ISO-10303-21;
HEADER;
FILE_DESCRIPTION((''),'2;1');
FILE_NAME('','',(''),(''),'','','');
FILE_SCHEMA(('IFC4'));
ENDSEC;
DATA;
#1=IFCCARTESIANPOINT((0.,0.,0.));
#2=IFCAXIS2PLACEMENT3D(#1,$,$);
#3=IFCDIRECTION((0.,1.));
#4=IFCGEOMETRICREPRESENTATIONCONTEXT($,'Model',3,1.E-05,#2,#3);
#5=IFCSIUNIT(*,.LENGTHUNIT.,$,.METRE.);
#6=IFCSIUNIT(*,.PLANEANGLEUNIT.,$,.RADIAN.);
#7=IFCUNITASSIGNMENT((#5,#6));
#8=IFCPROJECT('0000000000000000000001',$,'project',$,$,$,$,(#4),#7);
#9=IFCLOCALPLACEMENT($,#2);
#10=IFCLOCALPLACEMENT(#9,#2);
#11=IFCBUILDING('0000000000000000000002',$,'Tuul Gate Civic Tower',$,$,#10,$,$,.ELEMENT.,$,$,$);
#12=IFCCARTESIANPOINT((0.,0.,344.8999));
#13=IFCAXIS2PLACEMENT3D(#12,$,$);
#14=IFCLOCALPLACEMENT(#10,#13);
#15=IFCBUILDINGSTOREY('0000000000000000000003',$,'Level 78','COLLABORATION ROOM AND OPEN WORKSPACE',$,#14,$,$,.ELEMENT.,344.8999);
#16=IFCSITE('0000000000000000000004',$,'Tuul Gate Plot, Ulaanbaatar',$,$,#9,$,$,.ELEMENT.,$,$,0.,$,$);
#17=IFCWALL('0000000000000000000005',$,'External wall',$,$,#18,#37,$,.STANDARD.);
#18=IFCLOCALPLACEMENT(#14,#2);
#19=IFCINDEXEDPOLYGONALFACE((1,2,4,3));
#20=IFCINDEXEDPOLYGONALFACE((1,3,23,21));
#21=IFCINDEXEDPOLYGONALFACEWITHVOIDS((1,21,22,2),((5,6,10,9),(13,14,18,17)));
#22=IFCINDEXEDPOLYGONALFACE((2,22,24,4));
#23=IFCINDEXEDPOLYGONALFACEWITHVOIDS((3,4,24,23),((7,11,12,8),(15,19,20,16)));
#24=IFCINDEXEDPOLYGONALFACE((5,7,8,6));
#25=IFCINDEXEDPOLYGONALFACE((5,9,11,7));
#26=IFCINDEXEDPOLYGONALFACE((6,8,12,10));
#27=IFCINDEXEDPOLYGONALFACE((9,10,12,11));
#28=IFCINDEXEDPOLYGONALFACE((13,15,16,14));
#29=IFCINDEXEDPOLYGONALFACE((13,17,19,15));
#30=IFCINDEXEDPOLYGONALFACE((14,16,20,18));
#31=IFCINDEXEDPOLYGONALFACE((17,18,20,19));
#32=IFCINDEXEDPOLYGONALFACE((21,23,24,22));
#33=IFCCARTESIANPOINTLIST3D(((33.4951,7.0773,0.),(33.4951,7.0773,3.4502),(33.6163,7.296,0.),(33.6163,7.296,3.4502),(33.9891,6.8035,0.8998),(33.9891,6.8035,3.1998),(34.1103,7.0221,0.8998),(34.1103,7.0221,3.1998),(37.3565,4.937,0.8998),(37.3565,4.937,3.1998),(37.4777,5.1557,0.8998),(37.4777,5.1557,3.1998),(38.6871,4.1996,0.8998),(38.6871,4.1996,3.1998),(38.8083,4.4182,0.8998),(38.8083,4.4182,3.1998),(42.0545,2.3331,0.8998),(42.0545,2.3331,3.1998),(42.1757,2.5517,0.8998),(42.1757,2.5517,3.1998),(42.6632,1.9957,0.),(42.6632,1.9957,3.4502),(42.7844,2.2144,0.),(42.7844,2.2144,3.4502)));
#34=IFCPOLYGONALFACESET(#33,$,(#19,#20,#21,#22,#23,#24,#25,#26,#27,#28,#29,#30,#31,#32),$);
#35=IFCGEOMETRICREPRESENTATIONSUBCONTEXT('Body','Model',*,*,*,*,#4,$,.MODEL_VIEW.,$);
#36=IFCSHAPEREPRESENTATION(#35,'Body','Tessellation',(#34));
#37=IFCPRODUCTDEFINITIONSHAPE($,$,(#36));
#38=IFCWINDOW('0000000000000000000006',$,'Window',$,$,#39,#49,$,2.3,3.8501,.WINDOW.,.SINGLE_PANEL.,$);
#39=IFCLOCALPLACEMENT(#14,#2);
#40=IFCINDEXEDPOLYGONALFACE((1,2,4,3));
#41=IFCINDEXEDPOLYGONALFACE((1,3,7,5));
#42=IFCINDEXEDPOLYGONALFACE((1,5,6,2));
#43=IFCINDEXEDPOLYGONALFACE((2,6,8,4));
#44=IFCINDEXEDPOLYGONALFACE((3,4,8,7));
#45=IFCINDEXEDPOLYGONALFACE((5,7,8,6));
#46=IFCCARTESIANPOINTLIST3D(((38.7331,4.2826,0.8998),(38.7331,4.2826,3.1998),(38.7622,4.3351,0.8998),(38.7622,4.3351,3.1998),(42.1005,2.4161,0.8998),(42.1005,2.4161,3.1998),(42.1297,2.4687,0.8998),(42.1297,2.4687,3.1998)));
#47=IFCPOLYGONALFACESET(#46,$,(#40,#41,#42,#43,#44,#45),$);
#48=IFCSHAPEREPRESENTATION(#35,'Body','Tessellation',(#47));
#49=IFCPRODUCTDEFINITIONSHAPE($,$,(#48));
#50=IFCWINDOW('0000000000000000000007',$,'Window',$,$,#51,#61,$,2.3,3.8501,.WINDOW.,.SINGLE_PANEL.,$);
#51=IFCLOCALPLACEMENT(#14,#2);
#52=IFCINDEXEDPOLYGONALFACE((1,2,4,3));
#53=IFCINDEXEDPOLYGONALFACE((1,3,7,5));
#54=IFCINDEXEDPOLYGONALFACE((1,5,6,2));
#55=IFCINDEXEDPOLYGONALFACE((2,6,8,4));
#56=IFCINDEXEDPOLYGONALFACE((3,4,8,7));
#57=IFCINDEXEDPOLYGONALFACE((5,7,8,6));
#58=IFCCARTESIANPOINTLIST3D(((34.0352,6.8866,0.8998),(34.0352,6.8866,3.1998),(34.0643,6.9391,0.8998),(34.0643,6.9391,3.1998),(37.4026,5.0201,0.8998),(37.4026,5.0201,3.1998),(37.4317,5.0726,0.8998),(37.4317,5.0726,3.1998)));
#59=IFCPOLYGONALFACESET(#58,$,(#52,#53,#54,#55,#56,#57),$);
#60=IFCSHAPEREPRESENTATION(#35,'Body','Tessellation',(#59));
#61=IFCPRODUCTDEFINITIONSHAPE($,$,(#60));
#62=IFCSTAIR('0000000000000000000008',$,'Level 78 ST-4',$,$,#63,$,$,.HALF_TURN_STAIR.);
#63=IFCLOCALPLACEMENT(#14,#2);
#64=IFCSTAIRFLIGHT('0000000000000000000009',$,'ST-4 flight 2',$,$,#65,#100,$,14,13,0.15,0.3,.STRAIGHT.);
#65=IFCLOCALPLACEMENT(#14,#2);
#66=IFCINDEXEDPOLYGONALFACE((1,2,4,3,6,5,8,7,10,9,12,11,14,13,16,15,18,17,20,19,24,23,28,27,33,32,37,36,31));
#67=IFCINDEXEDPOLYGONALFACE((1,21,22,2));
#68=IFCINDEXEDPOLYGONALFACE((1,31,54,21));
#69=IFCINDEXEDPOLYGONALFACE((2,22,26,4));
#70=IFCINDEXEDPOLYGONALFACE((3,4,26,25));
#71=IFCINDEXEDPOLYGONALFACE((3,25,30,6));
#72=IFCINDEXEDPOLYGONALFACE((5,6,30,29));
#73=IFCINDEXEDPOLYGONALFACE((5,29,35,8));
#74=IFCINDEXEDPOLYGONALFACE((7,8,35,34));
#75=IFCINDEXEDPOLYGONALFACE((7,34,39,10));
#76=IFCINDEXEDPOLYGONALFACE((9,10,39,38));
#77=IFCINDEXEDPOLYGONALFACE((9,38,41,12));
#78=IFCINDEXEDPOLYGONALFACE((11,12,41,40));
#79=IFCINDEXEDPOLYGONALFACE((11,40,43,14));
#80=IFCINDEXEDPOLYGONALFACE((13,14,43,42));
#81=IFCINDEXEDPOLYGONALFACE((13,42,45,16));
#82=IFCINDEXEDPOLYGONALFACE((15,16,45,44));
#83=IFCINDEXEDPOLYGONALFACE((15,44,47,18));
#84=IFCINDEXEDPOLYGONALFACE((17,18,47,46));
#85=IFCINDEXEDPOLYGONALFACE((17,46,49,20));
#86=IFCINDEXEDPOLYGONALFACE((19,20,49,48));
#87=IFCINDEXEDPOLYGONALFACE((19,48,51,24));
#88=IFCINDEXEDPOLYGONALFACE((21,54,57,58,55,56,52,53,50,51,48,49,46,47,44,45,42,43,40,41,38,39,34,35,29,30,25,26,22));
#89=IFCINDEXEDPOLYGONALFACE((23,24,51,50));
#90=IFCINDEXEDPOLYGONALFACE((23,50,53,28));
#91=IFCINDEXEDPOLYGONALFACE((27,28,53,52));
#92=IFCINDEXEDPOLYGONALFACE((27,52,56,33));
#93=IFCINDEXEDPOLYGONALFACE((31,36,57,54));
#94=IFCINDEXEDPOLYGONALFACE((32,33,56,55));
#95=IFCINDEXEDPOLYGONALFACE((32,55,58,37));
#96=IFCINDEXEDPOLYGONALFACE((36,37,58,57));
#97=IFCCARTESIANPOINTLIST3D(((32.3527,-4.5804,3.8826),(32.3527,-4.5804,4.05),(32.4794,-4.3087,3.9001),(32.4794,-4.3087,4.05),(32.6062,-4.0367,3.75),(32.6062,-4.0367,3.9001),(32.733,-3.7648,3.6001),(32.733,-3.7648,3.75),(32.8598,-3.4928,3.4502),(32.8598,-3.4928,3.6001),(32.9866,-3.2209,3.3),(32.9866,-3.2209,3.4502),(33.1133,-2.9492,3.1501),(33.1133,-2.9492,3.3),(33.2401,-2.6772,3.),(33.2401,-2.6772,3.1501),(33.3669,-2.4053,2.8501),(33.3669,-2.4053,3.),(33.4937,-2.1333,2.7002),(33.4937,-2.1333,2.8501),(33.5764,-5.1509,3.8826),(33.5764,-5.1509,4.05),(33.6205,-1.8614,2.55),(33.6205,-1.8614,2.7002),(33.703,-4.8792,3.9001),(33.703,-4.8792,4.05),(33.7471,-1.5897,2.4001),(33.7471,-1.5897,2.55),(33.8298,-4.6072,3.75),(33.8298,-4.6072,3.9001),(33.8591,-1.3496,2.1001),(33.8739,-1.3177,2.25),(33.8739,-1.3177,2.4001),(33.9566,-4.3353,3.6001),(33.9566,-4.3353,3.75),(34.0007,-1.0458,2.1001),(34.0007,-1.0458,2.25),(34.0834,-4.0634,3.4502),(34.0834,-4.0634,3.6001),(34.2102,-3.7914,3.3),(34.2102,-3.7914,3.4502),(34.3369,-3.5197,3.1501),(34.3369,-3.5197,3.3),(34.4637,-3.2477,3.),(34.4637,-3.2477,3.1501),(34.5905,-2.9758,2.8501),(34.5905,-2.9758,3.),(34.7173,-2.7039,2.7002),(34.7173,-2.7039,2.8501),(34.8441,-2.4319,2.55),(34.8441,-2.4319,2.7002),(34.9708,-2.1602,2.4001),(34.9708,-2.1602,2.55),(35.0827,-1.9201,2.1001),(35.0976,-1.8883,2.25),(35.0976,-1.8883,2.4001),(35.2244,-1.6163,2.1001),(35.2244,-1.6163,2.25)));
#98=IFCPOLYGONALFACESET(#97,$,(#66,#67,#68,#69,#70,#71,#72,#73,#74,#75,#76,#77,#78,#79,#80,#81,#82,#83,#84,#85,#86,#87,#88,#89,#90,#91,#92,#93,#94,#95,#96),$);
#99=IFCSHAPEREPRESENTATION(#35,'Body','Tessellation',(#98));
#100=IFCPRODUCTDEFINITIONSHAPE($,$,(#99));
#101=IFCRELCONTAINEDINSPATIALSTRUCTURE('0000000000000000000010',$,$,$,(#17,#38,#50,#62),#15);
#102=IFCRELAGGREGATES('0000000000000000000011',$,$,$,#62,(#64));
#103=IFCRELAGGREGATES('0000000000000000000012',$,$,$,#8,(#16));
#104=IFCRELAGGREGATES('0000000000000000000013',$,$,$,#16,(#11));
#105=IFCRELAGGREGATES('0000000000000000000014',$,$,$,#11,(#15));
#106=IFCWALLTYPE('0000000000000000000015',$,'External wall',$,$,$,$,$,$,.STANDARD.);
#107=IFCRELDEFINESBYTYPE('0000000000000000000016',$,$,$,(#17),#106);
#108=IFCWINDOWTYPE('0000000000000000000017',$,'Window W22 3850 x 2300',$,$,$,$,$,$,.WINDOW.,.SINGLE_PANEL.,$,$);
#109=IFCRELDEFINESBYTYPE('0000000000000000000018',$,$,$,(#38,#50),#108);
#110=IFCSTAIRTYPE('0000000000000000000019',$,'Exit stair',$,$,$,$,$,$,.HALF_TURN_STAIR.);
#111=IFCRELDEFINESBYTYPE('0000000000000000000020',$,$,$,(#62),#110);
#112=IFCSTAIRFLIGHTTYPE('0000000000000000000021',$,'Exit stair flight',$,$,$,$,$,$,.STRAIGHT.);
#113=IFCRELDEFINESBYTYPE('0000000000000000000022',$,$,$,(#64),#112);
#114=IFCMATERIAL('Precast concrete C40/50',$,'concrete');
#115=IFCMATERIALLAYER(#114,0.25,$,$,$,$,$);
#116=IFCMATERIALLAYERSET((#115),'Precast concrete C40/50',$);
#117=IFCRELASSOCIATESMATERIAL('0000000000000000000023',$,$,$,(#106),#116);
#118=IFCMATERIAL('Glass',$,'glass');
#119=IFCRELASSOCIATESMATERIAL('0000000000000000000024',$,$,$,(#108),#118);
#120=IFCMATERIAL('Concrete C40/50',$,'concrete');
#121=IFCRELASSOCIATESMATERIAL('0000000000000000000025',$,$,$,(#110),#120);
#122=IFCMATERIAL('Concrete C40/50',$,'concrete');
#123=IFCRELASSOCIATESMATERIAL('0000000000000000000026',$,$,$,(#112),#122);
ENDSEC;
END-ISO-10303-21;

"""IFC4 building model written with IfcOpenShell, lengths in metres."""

from ifc_helpers import new_model, si_unit, direction, frame, frame_2d, origin, place, context, subcontext, project, spatial, polyline, rectangle, outline, extrude, material, layer, layer_set, type_object, element, fill, aggregate, save


model = new_model("IFC4")

# Units and contexts
model_context = context("Model", 3, precision=1e-05, world=origin(), true_north=direction((0.0, 1.0)))
body_context = subcontext(model_context, "Body", "Model", "MODEL_VIEW")
ifc_project = project(units=[si_unit("LENGTHUNIT", "METRE"), si_unit("PLANEANGLEUNIT", "RADIAN")], contexts=[model_context])

# Site, building, storey
site_placement = place(None, origin())
site = spatial("IfcSite", under=ifc_project, at=site_placement, Name="Tuul Gate Plot, Ulaanbaatar", CompositionType="ELEMENT", RefElevation=0.0)
building_placement = place(site_placement, origin())
building = spatial("IfcBuilding", under=site, at=building_placement, Name="Tuul Gate Civic Tower", CompositionType="ELEMENT")
storey_placement = place(building_placement, frame((0.0, 0.0, 344.8999)))
storey = spatial("IfcBuildingStorey", under=building, at=storey_placement, Name="Level 78", Description="COLLABORATION ROOM AND OPEN WORKSPACE", CompositionType="ELEMENT", Elevation=344.8999)

# Wall, openings, windows
ifc_material_1 = material(Name="Precast concrete C40/50", Category="concrete")
ifc_layer_1 = layer(ifc_material_1, 0.25)
ifc_layer_set_1 = layer_set([ifc_layer_1], Name="Precast concrete C40/50")
wall_type_1 = type_object("IfcWallType", Name="External wall", PredefinedType="STANDARD", material=ifc_layer_set_1)
wall_1_placement = place(storey_placement, frame((42.7239, 2.105, 0.0), z_axis=(0.0, 0.0, 1.0), x_axis=(-0.874634, 0.484784, 0.0)))
wall_1 = element("IfcWall", 1, at=wall_1_placement, inside=storey, type_object=wall_type_1, Name="External wall", PredefinedType="STANDARD", context=body_context, shape_type="SweptSolid", body=[
    extrude(rectangle(XDim=10.4822, YDim=0.25, at=frame_2d((5.2412, 0.0))), origin(), (0.0, 0.0, 1.0), 3.4502),
])
opening_1_placement = place(wall_1_placement, frame((0.696, 0.0, 0.8999)))
opening_1 = element("IfcOpeningElement", 2, at=opening_1_placement, cuts=wall_1, PredefinedType="OPENING", context=body_context, shape_type="SweptSolid", body=[
    extrude(rectangle(XDim=3.8501, YDim=2.3, at=frame_2d((1.925, 1.1499))), frame((0.0, 0.135, 0.0), z_axis=(0.0, -1.0, 0.0), x_axis=(1.0, 0.0, 0.0)), (0.0, 0.0, 1.0), 0.27),
])
opening_2_placement = place(wall_1_placement, frame((6.0674, 0.0, 0.8999)))
opening_2 = element("IfcOpeningElement", 3, at=opening_2_placement, cuts=wall_1, PredefinedType="OPENING", context=body_context, shape_type="SweptSolid", body=[
    extrude(rectangle(XDim=3.8501, YDim=2.3, at=frame_2d((1.925, 1.1499))), frame((0.0, 0.135, 0.0), z_axis=(0.0, -1.0, 0.0), x_axis=(1.0, 0.0, 0.0)), (0.0, 0.0, 1.0), 0.27),
])
ifc_material_2 = material(Name="Glass", Category="glass")
window_type = type_object("IfcWindowType", Name="Window W22 3850 x 2300", PartitioningType="SINGLE_PANEL", PredefinedType="WINDOW", material=ifc_material_2)
window_1_placement = place(opening_1_placement, origin())
window_1 = element("IfcWindow", 4, at=window_1_placement, inside=storey, type_object=window_type, Name="Window", OverallHeight=2.3, OverallWidth=3.8501, PartitioningType="SINGLE_PANEL", PredefinedType="WINDOW", context=body_context, shape_type="SweptSolid", body=[
    extrude(rectangle(XDim=3.8501, YDim=2.3, at=frame_2d((1.925, 1.1499))), frame((0.0, 0.03, 0.0), z_axis=(0.0, -1.0, 0.0), x_axis=(1.0, 0.0, 0.0)), (0.0, 0.0, 1.0), 0.0601),
])
fill(opening_1, window_1)
window_2_placement = place(opening_2_placement, origin())
window_2 = element("IfcWindow", 5, at=window_2_placement, inside=storey, type_object=window_type, Name="Window", OverallHeight=2.3, OverallWidth=3.8501, PartitioningType="SINGLE_PANEL", PredefinedType="WINDOW", context=body_context, shape_type="SweptSolid", body=[
    extrude(rectangle(XDim=3.8501, YDim=2.3, at=frame_2d((1.925, 1.1499))), frame((0.0, 0.03, 0.0), z_axis=(0.0, -1.0, 0.0), x_axis=(1.0, 0.0, 0.0)), (0.0, 0.0, 1.0), 0.0601),
])
fill(opening_2, window_2)

# Stair, stair flight
ifc_material_3 = material(Name="Concrete C40/50", Category="concrete")
stair_type = type_object("IfcStairType", Name="Exit stair", PredefinedType="HALF_TURN_STAIR", material=ifc_material_3)
stair_placement = place(storey_placement, origin())
stair = element("IfcStair", 6, at=stair_placement, inside=storey, type_object=stair_type, Name="Level 78 ST-4", PredefinedType="HALF_TURN_STAIR")
ifc_material_4 = material(Name="Concrete C40/50", Category="concrete")
stair_flight_type = type_object("IfcStairFlightType", Name="Exit stair flight", PredefinedType="STRAIGHT", material=ifc_material_4)
stair_flight_placement = place(storey_placement, frame((34.6125, -1.3311, 2.1001), z_axis=(0.0, 0.0, 1.0), x_axis=(-0.422576, -0.906327, 0.0)))
stair_flight = element("IfcStairFlight", 7, at=stair_flight_placement, type_object=stair_flight_type, Name="ST-4 flight 2", NumberOfRisers=14, NumberOfTreads=13, PredefinedType="STRAIGHT", RiserHeight=0.15, TreadLength=0.3, context=body_context, shape_type="SweptSolid", body=[
    extrude(outline(polyline([(0.0, 0.0), (0.0, 0.1499), (0.3, 0.1499), (0.3, 0.3), (0.6001, 0.3), (0.6001, 0.45), (0.8999, 0.45), (0.8999, 0.6001), (1.2, 0.6001), (1.2, 0.75), (1.5, 0.75), (1.5, 0.8999), (1.8, 0.8999), (1.8, 1.05), (2.1001, 1.05), (2.1001, 1.2), (2.3999, 1.2), (2.3999, 1.3501), (2.7, 1.3501), (2.7, 1.5), (3.0, 1.5), (3.0, 1.6499), (3.3, 1.6499), (3.3, 1.8), (3.6001, 1.8), (3.6001, 1.95), (3.8999, 1.95), (3.8999, 2.1001), (3.8999, 1.7825), (0.3352, 0.0), (0.0, 0.0)])), frame((0.0, 0.675, 0.0), z_axis=(0.0, -1.0, 0.0), x_axis=(1.0, 0.0, 0.0)), (0.0, 0.0, 1.0), 1.3501),
])
aggregate(stair, [stair_flight])

save(model, "model.ifc")
